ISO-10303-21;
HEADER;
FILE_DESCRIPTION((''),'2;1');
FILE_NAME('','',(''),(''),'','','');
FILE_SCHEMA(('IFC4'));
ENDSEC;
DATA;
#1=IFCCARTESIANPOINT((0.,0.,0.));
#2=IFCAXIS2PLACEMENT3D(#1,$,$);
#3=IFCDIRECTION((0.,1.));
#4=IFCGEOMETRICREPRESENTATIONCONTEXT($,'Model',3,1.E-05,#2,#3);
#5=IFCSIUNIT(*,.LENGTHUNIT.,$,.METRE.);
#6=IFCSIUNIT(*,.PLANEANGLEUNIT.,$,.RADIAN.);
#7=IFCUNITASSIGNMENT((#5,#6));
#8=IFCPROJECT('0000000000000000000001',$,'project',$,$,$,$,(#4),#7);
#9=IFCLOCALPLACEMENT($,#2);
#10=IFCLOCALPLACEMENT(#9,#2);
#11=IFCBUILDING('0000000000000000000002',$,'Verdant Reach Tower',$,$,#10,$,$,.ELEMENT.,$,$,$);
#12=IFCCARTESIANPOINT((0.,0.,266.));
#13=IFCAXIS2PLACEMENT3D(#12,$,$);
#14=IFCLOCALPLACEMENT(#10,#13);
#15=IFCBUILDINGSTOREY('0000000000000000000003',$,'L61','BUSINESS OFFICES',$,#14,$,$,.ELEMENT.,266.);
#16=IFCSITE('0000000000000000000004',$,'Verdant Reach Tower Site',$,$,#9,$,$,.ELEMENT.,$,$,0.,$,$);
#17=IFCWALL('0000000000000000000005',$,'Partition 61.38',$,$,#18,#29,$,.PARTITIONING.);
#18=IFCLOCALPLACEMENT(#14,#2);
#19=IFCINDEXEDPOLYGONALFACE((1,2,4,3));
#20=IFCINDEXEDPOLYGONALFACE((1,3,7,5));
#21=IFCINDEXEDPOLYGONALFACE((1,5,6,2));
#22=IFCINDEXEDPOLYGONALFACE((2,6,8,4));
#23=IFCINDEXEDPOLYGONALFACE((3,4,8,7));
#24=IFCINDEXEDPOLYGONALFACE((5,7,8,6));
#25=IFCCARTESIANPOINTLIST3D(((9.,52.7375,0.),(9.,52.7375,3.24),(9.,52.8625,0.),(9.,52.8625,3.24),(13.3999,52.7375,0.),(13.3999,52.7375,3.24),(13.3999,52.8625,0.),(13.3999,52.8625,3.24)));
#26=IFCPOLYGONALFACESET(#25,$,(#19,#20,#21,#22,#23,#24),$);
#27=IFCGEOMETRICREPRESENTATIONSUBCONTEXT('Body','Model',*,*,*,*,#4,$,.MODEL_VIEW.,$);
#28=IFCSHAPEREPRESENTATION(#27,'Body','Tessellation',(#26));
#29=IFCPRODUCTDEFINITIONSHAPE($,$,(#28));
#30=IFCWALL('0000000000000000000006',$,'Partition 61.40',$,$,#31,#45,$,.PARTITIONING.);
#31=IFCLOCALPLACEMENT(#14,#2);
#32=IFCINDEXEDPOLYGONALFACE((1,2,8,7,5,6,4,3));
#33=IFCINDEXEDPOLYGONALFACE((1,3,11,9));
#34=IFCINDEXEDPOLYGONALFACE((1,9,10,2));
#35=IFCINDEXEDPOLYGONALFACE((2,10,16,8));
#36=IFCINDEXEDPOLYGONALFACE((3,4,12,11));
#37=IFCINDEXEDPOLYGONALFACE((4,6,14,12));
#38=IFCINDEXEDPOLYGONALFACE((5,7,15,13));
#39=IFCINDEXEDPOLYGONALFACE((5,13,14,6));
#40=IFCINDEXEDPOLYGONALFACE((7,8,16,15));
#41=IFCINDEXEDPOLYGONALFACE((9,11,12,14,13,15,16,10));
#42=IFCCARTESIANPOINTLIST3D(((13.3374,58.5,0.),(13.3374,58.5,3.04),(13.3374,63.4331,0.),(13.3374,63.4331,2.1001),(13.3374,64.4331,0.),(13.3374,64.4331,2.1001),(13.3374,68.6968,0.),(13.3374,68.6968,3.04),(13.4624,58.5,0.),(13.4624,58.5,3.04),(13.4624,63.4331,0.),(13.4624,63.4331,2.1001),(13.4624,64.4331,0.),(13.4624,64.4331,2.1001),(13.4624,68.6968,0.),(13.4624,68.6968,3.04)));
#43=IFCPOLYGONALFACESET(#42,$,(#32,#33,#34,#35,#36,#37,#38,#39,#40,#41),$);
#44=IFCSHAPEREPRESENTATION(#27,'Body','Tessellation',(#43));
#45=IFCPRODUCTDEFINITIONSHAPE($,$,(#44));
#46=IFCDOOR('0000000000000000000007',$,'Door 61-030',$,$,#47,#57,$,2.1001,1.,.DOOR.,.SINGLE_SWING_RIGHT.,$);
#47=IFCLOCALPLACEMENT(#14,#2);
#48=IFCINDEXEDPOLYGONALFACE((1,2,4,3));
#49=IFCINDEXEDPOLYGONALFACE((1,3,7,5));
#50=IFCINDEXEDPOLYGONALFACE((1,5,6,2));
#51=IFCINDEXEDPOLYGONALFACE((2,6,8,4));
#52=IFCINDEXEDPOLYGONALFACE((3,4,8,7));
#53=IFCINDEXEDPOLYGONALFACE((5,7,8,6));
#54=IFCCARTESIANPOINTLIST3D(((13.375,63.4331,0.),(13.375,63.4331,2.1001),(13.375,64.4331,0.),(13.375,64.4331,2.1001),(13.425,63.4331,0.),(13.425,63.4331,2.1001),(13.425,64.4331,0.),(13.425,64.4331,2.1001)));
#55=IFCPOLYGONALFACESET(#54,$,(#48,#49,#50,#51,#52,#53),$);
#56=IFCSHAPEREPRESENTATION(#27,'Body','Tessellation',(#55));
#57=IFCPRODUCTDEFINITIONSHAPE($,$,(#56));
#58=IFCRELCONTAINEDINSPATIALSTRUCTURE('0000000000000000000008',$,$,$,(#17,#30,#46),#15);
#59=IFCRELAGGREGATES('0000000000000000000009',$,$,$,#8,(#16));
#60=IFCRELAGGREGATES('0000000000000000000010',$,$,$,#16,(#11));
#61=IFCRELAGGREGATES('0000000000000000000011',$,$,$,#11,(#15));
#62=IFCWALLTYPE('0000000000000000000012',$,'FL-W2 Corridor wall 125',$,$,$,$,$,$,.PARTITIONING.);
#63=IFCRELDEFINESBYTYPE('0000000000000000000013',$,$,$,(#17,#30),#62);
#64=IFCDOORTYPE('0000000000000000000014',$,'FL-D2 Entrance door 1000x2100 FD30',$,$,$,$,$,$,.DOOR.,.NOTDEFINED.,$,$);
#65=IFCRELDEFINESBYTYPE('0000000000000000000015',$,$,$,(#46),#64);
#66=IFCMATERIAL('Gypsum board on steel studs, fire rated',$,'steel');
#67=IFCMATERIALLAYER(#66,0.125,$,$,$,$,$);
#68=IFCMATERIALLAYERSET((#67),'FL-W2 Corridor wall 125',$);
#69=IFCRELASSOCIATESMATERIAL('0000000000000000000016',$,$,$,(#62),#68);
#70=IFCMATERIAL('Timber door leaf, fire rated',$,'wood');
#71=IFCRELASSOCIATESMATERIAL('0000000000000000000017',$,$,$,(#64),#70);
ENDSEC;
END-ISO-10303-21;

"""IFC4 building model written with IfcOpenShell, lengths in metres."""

from ifc_helpers import new_model, si_unit, direction, frame, frame_2d, origin, place, context, subcontext, project, spatial, rectangle, extrude, material, layer, layer_set, type_object, element, fill, save


model = new_model("IFC4")

# Units and contexts
model_context = context("Model", 3, precision=1e-05, world=origin(), true_north=direction((0.0, 1.0)))
body_context = subcontext(model_context, "Body", "Model", "MODEL_VIEW")
ifc_project = project(units=[si_unit("LENGTHUNIT", "METRE"), si_unit("PLANEANGLEUNIT", "RADIAN")], contexts=[model_context])

# Site, building, storey
site_placement = place(None, origin())
site = spatial("IfcSite", under=ifc_project, at=site_placement, Name="Verdant Reach Tower Site", CompositionType="ELEMENT", RefElevation=0.0)
building_placement = place(site_placement, origin())
building = spatial("IfcBuilding", under=site, at=building_placement, Name="Verdant Reach Tower", CompositionType="ELEMENT")
storey_placement = place(building_placement, frame((0.0, 0.0, 266.0)))
storey = spatial("IfcBuildingStorey", under=building, at=storey_placement, Name="L61", Description="BUSINESS OFFICES", CompositionType="ELEMENT", Elevation=266.0)

# Shared definitions
ifc_material_1 = material(Name="Gypsum board on steel studs, fire rated", Category="steel")
ifc_layer_1 = layer(ifc_material_1, 0.125)
ifc_layer_set_1 = layer_set([ifc_layer_1], Name="FL-W2 Corridor wall 125")
wall_type_1 = type_object("IfcWallType", Name="FL-W2 Corridor wall 125", PredefinedType="PARTITIONING", material=ifc_layer_set_1)
ifc_material_2 = material(Name="Timber door leaf, fire rated", Category="wood")
door_type_1 = type_object("IfcDoorType", Name="FL-D2 Entrance door 1000x2100 FD30", OperationType="NOTDEFINED", PredefinedType="DOOR", material=ifc_material_2)

# Wall
wall_1_placement = place(storey_placement, frame((13.3999, 52.8, 0.0), z_axis=(0.0, 0.0, 1.0), x_axis=(-1.0, 0.0, 0.0)))
element("IfcWall", 1, at=wall_1_placement, inside=storey, type_object=wall_type_1, Name="Partition 61.38", PredefinedType="PARTITIONING", context=body_context, shape_type="SweptSolid", body=[
    extrude(rectangle(XDim=4.3999, YDim=0.125, at=frame_2d((2.2, 0.0))), origin(), (0.0, 0.0, 1.0), 3.24),
])

# Wall, opening, door
wall_2_placement = place(storey_placement, frame((13.3999, 58.5, 0.0), z_axis=(0.0, 0.0, 1.0), x_axis=(0.0, 1.0, 0.0)))
wall_2 = element("IfcWall", 2, at=wall_2_placement, inside=storey, type_object=wall_type_1, Name="Partition 61.40", PredefinedType="PARTITIONING", context=body_context, shape_type="SweptSolid", body=[
    extrude(rectangle(XDim=10.1968, YDim=0.125, at=frame_2d((5.0984, 0.0))), origin(), (0.0, 0.0, 1.0), 3.04),
])
opening_1_placement = place(wall_2_placement, frame((4.9331, 0.0, 0.0)))
opening_1 = element("IfcOpeningElement", 3, at=opening_1_placement, cuts=wall_2, PredefinedType="OPENING", context=body_context, shape_type="SweptSolid", body=[
    extrude(rectangle(XDim=1.0, YDim=2.1001, at=frame_2d((0.5, 1.05))), frame((0.0, 0.0725, 0.0), z_axis=(0.0, -1.0, 0.0), x_axis=(1.0, 0.0, 0.0)), (0.0, 0.0, 1.0), 0.145),
])
door_1_placement = place(opening_1_placement, origin())
door_1 = element("IfcDoor", 4, at=door_1_placement, inside=storey, type_object=door_type_1, Name="Door 61-030", OperationType="SINGLE_SWING_RIGHT", OverallHeight=2.1001, OverallWidth=1.0, PredefinedType="DOOR", context=body_context, shape_type="SweptSolid", body=[
    extrude(rectangle(XDim=1.0, YDim=2.1001, at=frame_2d((0.5, 1.05))), frame((0.0, 0.0249, 0.0), z_axis=(0.0, -1.0, 0.0), x_axis=(1.0, 0.0, 0.0)), (0.0, 0.0, 1.0), 0.05),
])
fill(opening_1, door_1)

save(model, "model.ifc")
